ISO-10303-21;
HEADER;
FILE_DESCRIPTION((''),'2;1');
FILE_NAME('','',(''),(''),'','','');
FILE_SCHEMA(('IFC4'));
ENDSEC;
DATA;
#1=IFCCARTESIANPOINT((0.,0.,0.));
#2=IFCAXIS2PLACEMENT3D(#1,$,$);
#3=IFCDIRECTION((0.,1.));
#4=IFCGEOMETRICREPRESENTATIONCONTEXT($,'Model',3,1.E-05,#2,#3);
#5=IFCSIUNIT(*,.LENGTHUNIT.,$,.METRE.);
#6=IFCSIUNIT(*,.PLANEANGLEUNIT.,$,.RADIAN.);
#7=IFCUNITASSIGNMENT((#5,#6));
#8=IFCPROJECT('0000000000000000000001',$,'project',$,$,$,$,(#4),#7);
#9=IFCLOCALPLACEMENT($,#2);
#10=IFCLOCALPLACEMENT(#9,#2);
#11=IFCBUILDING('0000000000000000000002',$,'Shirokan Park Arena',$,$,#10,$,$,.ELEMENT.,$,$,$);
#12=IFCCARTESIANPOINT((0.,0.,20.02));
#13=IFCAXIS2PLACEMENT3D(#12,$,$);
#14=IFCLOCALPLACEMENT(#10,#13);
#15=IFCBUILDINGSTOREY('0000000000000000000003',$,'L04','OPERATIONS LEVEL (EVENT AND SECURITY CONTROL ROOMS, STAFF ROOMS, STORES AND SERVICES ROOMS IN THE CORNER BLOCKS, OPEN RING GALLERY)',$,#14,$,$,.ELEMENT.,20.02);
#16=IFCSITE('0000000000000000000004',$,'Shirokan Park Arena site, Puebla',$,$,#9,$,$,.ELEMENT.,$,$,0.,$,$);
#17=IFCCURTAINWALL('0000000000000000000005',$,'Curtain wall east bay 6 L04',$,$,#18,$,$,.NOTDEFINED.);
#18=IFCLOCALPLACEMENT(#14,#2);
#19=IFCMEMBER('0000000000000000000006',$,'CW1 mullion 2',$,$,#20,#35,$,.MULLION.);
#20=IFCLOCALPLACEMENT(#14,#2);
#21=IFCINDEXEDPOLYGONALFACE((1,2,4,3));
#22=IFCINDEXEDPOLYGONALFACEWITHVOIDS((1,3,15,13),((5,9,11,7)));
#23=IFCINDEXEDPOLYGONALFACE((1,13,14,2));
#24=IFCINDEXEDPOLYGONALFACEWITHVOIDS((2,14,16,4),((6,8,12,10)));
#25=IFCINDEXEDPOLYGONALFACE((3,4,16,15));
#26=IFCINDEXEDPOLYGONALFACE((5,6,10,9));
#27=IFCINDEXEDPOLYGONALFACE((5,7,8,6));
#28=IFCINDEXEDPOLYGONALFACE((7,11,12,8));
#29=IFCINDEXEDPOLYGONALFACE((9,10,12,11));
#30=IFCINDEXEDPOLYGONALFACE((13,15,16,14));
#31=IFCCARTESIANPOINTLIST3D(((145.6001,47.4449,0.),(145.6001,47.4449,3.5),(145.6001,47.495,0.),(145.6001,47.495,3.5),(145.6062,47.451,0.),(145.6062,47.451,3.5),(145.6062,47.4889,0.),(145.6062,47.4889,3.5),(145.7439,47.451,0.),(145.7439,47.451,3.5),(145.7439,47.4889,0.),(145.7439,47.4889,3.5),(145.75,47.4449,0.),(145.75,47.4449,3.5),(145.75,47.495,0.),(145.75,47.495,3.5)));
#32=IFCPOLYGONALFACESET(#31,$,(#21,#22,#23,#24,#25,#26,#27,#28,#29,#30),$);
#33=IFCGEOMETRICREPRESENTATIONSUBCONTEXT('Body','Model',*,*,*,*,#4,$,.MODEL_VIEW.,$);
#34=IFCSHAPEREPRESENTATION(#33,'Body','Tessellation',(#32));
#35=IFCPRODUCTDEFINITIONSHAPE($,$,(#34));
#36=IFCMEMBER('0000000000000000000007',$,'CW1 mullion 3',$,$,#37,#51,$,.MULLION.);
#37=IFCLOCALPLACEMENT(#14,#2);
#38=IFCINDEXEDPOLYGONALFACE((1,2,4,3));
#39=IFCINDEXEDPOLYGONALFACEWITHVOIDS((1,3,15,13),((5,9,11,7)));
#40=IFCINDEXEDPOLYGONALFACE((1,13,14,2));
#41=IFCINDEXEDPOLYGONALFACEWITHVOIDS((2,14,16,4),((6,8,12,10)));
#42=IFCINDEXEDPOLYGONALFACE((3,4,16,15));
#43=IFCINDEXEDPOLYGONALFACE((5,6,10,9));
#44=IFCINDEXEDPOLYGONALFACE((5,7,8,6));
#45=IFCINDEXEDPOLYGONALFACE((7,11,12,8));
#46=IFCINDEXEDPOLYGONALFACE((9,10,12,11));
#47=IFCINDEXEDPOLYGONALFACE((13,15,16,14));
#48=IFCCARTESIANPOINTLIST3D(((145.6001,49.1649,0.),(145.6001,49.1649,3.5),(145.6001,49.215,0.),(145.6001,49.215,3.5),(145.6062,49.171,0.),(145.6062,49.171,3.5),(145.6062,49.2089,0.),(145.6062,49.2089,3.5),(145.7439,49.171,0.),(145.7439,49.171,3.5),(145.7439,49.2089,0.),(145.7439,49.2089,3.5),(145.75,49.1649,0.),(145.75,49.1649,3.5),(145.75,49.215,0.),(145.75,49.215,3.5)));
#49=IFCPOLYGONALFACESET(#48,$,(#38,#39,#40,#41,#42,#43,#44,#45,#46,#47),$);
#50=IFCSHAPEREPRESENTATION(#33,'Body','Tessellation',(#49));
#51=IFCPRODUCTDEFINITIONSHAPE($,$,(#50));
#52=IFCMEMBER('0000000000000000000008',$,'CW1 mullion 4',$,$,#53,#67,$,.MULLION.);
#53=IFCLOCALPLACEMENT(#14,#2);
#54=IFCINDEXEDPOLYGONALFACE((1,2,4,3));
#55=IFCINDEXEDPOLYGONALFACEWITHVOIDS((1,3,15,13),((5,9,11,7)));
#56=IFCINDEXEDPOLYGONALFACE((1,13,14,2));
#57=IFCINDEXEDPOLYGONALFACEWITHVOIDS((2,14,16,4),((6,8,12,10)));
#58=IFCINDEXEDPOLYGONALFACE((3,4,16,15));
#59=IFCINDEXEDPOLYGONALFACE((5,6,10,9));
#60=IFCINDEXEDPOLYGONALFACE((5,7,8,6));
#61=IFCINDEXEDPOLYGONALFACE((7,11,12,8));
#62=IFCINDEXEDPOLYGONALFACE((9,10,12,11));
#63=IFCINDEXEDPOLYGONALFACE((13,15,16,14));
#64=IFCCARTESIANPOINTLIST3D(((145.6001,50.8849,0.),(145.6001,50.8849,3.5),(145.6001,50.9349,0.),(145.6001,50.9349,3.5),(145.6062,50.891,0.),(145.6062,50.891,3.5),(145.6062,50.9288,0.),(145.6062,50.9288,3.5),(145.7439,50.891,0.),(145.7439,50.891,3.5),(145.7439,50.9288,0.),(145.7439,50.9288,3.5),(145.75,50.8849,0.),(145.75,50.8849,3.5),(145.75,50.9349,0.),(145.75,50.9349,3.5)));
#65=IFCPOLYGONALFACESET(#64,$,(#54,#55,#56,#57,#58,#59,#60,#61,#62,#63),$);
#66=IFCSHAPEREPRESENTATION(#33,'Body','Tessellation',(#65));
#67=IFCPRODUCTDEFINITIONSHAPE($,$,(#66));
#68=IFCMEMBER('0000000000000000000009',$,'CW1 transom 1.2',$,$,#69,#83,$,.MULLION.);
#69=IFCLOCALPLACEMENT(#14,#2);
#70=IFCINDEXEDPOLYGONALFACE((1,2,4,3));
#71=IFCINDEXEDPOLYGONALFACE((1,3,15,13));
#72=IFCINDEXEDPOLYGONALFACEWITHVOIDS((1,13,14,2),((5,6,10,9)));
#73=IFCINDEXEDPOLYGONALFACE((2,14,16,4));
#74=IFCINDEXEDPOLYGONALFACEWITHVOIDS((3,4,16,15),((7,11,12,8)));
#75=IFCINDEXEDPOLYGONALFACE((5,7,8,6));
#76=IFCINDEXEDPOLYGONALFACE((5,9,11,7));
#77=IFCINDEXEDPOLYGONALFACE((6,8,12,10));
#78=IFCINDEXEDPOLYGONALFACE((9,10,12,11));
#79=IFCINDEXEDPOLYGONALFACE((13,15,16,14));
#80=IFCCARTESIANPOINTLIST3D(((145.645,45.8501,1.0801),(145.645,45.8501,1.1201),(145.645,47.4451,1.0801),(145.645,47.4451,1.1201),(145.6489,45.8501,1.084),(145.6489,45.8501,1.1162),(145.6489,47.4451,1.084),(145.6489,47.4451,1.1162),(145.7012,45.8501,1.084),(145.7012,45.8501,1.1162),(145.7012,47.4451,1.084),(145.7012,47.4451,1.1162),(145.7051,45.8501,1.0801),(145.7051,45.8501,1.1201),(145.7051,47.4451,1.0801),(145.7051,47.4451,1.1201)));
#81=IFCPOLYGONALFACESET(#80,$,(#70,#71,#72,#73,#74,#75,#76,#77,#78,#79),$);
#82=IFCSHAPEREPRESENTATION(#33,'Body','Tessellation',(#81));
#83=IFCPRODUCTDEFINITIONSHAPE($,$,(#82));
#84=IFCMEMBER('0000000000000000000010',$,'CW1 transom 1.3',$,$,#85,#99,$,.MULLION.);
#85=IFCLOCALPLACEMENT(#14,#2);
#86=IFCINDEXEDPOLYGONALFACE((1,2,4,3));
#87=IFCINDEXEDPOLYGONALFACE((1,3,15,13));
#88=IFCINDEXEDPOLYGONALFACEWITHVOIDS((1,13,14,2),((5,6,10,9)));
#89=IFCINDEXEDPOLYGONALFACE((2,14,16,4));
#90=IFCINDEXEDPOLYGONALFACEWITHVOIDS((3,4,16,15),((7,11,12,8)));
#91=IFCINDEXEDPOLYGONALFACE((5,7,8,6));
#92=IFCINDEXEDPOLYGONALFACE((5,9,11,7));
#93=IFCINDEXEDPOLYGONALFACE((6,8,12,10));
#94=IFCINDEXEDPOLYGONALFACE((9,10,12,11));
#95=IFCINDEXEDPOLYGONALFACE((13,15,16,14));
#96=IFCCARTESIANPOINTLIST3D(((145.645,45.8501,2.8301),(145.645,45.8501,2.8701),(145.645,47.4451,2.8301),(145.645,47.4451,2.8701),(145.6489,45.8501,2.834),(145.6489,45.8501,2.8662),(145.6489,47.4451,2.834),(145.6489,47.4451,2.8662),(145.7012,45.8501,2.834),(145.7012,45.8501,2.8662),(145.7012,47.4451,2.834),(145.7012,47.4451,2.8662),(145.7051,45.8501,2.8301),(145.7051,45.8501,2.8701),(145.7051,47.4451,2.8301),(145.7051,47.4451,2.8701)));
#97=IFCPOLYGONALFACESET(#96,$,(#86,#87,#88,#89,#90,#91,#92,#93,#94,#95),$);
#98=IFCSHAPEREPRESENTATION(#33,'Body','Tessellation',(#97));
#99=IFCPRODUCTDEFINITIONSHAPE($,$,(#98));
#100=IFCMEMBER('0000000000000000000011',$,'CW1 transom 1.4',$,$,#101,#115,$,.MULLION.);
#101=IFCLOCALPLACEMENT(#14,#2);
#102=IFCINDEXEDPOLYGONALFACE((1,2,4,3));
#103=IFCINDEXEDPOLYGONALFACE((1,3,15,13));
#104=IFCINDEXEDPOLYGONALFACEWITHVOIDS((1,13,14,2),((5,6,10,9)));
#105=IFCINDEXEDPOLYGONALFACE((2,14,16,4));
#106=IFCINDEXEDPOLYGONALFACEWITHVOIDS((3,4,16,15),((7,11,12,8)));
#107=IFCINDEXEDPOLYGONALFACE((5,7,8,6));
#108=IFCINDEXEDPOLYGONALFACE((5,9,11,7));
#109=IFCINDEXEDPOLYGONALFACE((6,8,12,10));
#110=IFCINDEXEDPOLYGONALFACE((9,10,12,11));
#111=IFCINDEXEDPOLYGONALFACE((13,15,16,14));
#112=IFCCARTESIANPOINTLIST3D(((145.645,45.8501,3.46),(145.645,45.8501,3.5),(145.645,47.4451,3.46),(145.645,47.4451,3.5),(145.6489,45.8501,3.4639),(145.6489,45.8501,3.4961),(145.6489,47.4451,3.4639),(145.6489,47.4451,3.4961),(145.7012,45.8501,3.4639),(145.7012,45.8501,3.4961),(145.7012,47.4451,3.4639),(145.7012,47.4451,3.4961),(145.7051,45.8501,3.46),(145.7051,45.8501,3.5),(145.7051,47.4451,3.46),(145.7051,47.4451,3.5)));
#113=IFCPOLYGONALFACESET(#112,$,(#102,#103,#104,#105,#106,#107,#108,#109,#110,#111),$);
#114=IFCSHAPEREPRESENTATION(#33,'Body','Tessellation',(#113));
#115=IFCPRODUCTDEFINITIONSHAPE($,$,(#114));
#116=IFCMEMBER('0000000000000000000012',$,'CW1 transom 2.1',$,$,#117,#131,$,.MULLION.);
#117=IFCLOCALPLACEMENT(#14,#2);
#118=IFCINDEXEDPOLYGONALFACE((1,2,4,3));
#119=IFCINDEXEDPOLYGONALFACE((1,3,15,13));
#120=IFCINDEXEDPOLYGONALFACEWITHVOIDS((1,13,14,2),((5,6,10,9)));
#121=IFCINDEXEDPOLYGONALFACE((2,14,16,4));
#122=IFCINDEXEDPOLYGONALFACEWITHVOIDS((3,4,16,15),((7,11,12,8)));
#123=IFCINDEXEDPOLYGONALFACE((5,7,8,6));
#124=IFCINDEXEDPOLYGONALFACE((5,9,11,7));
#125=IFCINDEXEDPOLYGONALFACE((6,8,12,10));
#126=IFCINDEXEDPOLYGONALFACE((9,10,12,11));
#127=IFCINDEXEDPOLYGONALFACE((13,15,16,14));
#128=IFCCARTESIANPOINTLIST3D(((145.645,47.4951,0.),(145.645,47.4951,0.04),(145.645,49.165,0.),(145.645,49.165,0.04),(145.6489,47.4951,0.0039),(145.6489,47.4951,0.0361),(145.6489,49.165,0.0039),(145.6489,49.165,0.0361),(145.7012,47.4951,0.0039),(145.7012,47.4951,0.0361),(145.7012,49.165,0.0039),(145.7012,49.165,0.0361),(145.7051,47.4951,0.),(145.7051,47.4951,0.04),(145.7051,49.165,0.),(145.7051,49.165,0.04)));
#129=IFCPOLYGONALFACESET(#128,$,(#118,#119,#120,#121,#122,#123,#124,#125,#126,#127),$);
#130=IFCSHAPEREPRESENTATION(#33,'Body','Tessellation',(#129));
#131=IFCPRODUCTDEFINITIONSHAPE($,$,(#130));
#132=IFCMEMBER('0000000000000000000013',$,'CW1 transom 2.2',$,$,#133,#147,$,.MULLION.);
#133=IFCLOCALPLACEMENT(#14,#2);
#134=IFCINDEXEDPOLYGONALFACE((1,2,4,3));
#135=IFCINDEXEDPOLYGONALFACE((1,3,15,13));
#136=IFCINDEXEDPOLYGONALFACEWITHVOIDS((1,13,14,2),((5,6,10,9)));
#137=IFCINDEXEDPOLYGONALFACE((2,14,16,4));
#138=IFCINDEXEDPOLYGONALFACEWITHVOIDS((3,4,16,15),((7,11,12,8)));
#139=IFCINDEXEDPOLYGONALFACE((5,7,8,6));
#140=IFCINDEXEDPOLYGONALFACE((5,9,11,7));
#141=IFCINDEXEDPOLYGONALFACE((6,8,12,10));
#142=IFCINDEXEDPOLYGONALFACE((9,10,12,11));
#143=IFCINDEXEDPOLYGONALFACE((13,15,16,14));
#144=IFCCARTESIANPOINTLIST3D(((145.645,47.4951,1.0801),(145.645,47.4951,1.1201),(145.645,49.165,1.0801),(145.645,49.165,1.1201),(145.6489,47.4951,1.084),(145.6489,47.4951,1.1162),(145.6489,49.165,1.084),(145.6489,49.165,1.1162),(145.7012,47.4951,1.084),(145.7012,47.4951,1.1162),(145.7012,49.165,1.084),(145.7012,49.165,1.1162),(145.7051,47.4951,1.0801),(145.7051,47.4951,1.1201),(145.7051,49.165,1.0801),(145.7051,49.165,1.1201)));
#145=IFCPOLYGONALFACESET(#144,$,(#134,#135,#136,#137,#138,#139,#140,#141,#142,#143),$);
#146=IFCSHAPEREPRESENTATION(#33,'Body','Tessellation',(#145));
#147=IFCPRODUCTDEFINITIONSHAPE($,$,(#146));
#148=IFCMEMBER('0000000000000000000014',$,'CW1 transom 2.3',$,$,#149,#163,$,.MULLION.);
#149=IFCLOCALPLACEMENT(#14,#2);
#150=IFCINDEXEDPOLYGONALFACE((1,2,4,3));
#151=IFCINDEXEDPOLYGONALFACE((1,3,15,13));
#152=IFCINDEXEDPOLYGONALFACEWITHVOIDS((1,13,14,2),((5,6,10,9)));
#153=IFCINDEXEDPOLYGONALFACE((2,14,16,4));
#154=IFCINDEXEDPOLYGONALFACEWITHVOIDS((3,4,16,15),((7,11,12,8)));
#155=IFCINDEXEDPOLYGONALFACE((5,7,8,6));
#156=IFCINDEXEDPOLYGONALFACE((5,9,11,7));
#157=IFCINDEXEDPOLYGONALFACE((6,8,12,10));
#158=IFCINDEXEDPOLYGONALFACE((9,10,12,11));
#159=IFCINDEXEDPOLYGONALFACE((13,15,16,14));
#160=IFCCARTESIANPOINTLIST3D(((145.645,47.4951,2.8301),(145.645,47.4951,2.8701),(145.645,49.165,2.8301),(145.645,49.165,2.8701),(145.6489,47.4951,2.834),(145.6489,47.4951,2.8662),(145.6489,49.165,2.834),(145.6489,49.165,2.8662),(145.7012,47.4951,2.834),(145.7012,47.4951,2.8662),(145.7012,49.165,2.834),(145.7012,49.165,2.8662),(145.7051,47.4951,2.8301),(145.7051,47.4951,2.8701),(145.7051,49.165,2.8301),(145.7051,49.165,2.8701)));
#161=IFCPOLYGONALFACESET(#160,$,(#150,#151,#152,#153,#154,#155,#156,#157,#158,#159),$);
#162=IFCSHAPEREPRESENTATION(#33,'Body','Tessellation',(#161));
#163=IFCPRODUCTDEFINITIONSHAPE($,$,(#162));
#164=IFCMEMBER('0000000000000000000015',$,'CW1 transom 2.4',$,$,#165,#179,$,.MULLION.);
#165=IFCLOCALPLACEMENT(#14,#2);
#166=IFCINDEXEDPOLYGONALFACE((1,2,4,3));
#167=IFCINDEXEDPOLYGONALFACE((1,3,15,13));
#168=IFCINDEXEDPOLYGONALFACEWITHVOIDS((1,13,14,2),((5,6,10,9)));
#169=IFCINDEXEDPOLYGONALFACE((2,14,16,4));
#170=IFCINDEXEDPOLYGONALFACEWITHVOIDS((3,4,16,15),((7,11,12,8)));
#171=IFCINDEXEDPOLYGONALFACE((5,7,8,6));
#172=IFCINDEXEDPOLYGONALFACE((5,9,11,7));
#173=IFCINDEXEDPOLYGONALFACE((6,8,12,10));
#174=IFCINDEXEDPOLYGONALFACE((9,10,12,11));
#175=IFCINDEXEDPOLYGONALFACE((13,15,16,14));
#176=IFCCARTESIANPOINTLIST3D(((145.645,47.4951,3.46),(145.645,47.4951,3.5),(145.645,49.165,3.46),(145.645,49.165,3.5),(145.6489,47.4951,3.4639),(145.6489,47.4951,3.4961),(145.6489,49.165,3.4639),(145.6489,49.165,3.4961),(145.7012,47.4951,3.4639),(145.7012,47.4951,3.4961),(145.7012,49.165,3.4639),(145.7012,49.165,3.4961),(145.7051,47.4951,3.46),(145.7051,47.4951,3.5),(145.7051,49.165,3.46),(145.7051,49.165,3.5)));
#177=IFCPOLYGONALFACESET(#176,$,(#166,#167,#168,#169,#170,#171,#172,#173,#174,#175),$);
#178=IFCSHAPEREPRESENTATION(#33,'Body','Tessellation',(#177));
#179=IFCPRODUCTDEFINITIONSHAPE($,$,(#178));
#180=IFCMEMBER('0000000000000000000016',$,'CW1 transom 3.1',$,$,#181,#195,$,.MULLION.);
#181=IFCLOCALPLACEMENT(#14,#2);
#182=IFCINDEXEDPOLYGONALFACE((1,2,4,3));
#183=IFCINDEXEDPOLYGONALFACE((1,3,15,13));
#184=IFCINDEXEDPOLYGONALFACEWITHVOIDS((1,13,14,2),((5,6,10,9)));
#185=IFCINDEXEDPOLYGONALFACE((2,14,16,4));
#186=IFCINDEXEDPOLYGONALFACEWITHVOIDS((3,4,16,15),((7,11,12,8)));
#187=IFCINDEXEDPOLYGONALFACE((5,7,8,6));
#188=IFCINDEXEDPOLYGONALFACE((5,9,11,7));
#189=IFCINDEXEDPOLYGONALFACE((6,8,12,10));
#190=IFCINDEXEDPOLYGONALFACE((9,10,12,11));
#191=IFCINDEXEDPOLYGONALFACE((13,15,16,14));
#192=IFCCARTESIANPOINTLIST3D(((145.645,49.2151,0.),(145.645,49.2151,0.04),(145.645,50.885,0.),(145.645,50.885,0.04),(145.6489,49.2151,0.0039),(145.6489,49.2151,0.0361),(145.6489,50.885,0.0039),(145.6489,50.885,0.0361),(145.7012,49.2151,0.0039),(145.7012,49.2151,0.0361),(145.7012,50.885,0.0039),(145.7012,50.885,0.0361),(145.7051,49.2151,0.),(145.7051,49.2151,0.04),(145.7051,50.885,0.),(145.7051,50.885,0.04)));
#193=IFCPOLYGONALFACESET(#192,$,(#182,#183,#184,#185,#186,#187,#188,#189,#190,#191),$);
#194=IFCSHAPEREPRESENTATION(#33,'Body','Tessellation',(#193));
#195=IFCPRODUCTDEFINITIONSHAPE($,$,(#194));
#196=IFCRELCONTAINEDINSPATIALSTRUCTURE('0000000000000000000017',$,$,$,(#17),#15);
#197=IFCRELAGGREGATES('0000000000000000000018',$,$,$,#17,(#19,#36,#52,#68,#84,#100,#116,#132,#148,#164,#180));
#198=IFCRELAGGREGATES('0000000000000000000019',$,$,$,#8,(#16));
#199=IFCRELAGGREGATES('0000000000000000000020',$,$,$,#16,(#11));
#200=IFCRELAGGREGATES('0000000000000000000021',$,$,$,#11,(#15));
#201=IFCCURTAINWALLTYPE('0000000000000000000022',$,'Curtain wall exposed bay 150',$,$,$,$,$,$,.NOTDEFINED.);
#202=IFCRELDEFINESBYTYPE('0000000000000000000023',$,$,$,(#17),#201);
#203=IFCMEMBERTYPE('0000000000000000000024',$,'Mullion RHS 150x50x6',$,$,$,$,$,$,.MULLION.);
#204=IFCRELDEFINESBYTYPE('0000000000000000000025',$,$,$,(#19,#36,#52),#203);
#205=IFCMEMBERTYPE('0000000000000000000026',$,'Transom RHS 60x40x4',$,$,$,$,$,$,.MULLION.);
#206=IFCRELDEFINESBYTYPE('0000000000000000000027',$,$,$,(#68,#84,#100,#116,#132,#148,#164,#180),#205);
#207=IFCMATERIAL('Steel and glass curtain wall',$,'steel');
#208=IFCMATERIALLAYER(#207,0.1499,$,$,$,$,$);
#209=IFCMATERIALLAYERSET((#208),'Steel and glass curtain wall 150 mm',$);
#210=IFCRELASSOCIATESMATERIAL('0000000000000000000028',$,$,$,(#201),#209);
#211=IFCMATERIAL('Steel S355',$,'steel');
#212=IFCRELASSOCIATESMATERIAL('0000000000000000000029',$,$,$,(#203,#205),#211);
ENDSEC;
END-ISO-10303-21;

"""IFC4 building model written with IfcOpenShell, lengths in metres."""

from ifc_helpers import new_model, si_unit, direction, frame, origin, origin_2d, place, context, subcontext, project, spatial, hollow_rectangle, extrude, material, layer, layer_set, material_profile, profile_set, type_object, element, aggregate, save


model = new_model("IFC4")

# Units and contexts
model_context = context("Model", 3, precision=1e-05, world=origin(), true_north=direction((0.0, 1.0)))
body_context = subcontext(model_context, "Body", "Model", "MODEL_VIEW")
ifc_project = project(units=[si_unit("LENGTHUNIT", "METRE"), si_unit("PLANEANGLEUNIT", "RADIAN")], contexts=[model_context])

# Site, building, storey
site_placement = place(None, origin())
site = spatial("IfcSite", under=ifc_project, at=site_placement, Name="Shirokan Park Arena site, Puebla", CompositionType="ELEMENT", RefElevation=0.0)
building_placement = place(site_placement, origin())
building = spatial("IfcBuilding", under=site, at=building_placement, Name="Shirokan Park Arena", CompositionType="ELEMENT")
storey_placement = place(building_placement, frame((0.0, 0.0, 20.02)))
storey = spatial("IfcBuildingStorey", under=building, at=storey_placement, Name="L04", Description="OPERATIONS LEVEL (EVENT AND SECURITY CONTROL ROOMS, STAFF ROOMS, STORES AND SERVICES ROOMS IN THE CORNER BLOCKS, OPEN RING GALLERY)", CompositionType="ELEMENT", Elevation=20.02)

# Curtain wall, members
ifc_material_1 = material(Name="Steel and glass curtain wall", Category="steel")
ifc_layer_1 = layer(ifc_material_1, 0.1499)
ifc_layer_set_1 = layer_set([ifc_layer_1], Name="Steel and glass curtain wall 150 mm")
curtain_wall_type = type_object("IfcCurtainWallType", Name="Curtain wall exposed bay 150", PredefinedType="NOTDEFINED", material=ifc_layer_set_1)
curtain_wall_placement = place(storey_placement, origin())
curtain_wall = element("IfcCurtainWall", 1, at=curtain_wall_placement, inside=storey, type_object=curtain_wall_type, Name="Curtain wall east bay 6 L04", PredefinedType="NOTDEFINED")
ifc_material_2 = material(Name="Steel S355", Category="steel")
ifc_material_profile_1 = material_profile(ifc_material_2, hollow_rectangle(XDim=0.1499, YDim=0.05, WallThickness=0.0061, at=origin_2d()), Name="RHS 150x50x6")
ifc_profile_set_1 = profile_set([ifc_material_profile_1], Name="Steel S355")
member_type_1 = type_object("IfcMemberType", Name="Mullion RHS 150x50x6", PredefinedType="MULLION", material=ifc_profile_set_1)
member_1_placement = place(storey_placement, frame((145.675, 47.47, 0.0), z_axis=(0.0, 0.0, 1.0), x_axis=(-1.0, 0.0, 0.0)))
member_1 = element("IfcMember", 2, at=member_1_placement, type_object=member_type_1, Name="CW1 mullion 2", PredefinedType="MULLION", context=body_context, shape_type="SweptSolid", body=[
    extrude(hollow_rectangle(XDim=0.1499, YDim=0.05, WallThickness=0.0061, at=origin_2d()), origin(), (0.0, 0.0, 1.0), 3.5),
])
member_2_placement = place(storey_placement, frame((145.675, 49.1899, 0.0), z_axis=(0.0, 0.0, 1.0), x_axis=(-1.0, 0.0, 0.0)))
member_2 = element("IfcMember", 3, at=member_2_placement, type_object=member_type_1, Name="CW1 mullion 3", PredefinedType="MULLION", context=body_context, shape_type="SweptSolid", body=[
    extrude(hollow_rectangle(XDim=0.1499, YDim=0.05, WallThickness=0.0061, at=origin_2d()), origin(), (0.0, 0.0, 1.0), 3.5),
])
member_3_placement = place(storey_placement, frame((145.675, 50.9099, 0.0), z_axis=(0.0, 0.0, 1.0), x_axis=(-1.0, 0.0, 0.0)))
member_3 = element("IfcMember", 4, at=member_3_placement, type_object=member_type_1, Name="CW1 mullion 4", PredefinedType="MULLION", context=body_context, shape_type="SweptSolid", body=[
    extrude(hollow_rectangle(XDim=0.1499, YDim=0.05, WallThickness=0.0061, at=origin_2d()), origin(), (0.0, 0.0, 1.0), 3.5),
])
ifc_material_profile_2 = material_profile(ifc_material_2, hollow_rectangle(XDim=0.0601, YDim=0.04, WallThickness=0.0039, at=origin_2d()), Name="RHS 60x40x4")
ifc_profile_set_2 = profile_set([ifc_material_profile_2], Name="Steel S355")
member_type_2 = type_object("IfcMemberType", Name="Transom RHS 60x40x4", PredefinedType="MULLION", material=ifc_profile_set_2)
member_4_placement = place(storey_placement, frame((145.675, 45.8501, 1.1001), z_axis=(0.0, 1.0, 0.0), x_axis=(-1.0, 0.0, 0.0)))
member_4 = element("IfcMember", 5, at=member_4_placement, type_object=member_type_2, Name="CW1 transom 1.2", PredefinedType="MULLION", context=body_context, shape_type="SweptSolid", body=[
    extrude(hollow_rectangle(XDim=0.0601, YDim=0.04, WallThickness=0.0039, at=origin_2d()), origin(), (0.0, 0.0, 1.0), 1.595),
])
member_5_placement = place(storey_placement, frame((145.675, 45.8501, 2.8501), z_axis=(0.0, 1.0, 0.0), x_axis=(-1.0, 0.0, 0.0)))
member_5 = element("IfcMember", 6, at=member_5_placement, type_object=member_type_2, Name="CW1 transom 1.3", PredefinedType="MULLION", context=body_context, shape_type="SweptSolid", body=[
    extrude(hollow_rectangle(XDim=0.0601, YDim=0.04, WallThickness=0.0039, at=origin_2d()), origin(), (0.0, 0.0, 1.0), 1.595),
])
member_6_placement = place(storey_placement, frame((145.675, 45.8501, 3.48), z_axis=(0.0, 1.0, 0.0), x_axis=(-1.0, 0.0, 0.0)))
member_6 = element("IfcMember", 7, at=member_6_placement, type_object=member_type_2, Name="CW1 transom 1.4", PredefinedType="MULLION", context=body_context, shape_type="SweptSolid", body=[
    extrude(hollow_rectangle(XDim=0.0601, YDim=0.04, WallThickness=0.0039, at=origin_2d()), origin(), (0.0, 0.0, 1.0), 1.595),
])
member_7_placement = place(storey_placement, frame((145.675, 47.4951, 0.02), z_axis=(0.0, 1.0, 0.0), x_axis=(-1.0, 0.0, 0.0)))
member_7 = element("IfcMember", 8, at=member_7_placement, type_object=member_type_2, Name="CW1 transom 2.1", PredefinedType="MULLION", context=body_context, shape_type="SweptSolid", body=[
    extrude(hollow_rectangle(XDim=0.0601, YDim=0.04, WallThickness=0.0039, at=origin_2d()), origin(), (0.0, 0.0, 1.0), 1.6699),
])
member_8_placement = place(storey_placement, frame((145.675, 47.4951, 1.1001), z_axis=(0.0, 1.0, 0.0), x_axis=(-1.0, 0.0, 0.0)))
member_8 = element("IfcMember", 9, at=member_8_placement, type_object=member_type_2, Name="CW1 transom 2.2", PredefinedType="MULLION", context=body_context, shape_type="SweptSolid", body=[
    extrude(hollow_rectangle(XDim=0.0601, YDim=0.04, WallThickness=0.0039, at=origin_2d()), origin(), (0.0, 0.0, 1.0), 1.6699),
])
member_9_placement = place(storey_placement, frame((145.675, 47.4951, 2.8501), z_axis=(0.0, 1.0, 0.0), x_axis=(-1.0, 0.0, 0.0)))
member_9 = element("IfcMember", 10, at=member_9_placement, type_object=member_type_2, Name="CW1 transom 2.3", PredefinedType="MULLION", context=body_context, shape_type="SweptSolid", body=[
    extrude(hollow_rectangle(XDim=0.0601, YDim=0.04, WallThickness=0.0039, at=origin_2d()), origin(), (0.0, 0.0, 1.0), 1.6699),
])
member_10_placement = place(storey_placement, frame((145.675, 47.4951, 3.48), z_axis=(0.0, 1.0, 0.0), x_axis=(-1.0, 0.0, 0.0)))
member_10 = element("IfcMember", 11, at=member_10_placement, type_object=member_type_2, Name="CW1 transom 2.4", PredefinedType="MULLION", context=body_context, shape_type="SweptSolid", body=[
    extrude(hollow_rectangle(XDim=0.0601, YDim=0.04, WallThickness=0.0039, at=origin_2d()), origin(), (0.0, 0.0, 1.0), 1.6699),
])
member_11_placement = place(storey_placement, frame((145.675, 49.2151, 0.02), z_axis=(0.0, 1.0, 0.0), x_axis=(-1.0, 0.0, 0.0)))
member_11 = element("IfcMember", 12, at=member_11_placement, type_object=member_type_2, Name="CW1 transom 3.1", PredefinedType="MULLION", context=body_context, shape_type="SweptSolid", body=[
    extrude(hollow_rectangle(XDim=0.0601, YDim=0.04, WallThickness=0.0039, at=origin_2d()), origin(), (0.0, 0.0, 1.0), 1.6699),
])
aggregate(curtain_wall, [member_1, member_2, member_3, member_4, member_5, member_6, member_7, member_8, member_9, member_10, member_11])

save(model, "model.ifc")
